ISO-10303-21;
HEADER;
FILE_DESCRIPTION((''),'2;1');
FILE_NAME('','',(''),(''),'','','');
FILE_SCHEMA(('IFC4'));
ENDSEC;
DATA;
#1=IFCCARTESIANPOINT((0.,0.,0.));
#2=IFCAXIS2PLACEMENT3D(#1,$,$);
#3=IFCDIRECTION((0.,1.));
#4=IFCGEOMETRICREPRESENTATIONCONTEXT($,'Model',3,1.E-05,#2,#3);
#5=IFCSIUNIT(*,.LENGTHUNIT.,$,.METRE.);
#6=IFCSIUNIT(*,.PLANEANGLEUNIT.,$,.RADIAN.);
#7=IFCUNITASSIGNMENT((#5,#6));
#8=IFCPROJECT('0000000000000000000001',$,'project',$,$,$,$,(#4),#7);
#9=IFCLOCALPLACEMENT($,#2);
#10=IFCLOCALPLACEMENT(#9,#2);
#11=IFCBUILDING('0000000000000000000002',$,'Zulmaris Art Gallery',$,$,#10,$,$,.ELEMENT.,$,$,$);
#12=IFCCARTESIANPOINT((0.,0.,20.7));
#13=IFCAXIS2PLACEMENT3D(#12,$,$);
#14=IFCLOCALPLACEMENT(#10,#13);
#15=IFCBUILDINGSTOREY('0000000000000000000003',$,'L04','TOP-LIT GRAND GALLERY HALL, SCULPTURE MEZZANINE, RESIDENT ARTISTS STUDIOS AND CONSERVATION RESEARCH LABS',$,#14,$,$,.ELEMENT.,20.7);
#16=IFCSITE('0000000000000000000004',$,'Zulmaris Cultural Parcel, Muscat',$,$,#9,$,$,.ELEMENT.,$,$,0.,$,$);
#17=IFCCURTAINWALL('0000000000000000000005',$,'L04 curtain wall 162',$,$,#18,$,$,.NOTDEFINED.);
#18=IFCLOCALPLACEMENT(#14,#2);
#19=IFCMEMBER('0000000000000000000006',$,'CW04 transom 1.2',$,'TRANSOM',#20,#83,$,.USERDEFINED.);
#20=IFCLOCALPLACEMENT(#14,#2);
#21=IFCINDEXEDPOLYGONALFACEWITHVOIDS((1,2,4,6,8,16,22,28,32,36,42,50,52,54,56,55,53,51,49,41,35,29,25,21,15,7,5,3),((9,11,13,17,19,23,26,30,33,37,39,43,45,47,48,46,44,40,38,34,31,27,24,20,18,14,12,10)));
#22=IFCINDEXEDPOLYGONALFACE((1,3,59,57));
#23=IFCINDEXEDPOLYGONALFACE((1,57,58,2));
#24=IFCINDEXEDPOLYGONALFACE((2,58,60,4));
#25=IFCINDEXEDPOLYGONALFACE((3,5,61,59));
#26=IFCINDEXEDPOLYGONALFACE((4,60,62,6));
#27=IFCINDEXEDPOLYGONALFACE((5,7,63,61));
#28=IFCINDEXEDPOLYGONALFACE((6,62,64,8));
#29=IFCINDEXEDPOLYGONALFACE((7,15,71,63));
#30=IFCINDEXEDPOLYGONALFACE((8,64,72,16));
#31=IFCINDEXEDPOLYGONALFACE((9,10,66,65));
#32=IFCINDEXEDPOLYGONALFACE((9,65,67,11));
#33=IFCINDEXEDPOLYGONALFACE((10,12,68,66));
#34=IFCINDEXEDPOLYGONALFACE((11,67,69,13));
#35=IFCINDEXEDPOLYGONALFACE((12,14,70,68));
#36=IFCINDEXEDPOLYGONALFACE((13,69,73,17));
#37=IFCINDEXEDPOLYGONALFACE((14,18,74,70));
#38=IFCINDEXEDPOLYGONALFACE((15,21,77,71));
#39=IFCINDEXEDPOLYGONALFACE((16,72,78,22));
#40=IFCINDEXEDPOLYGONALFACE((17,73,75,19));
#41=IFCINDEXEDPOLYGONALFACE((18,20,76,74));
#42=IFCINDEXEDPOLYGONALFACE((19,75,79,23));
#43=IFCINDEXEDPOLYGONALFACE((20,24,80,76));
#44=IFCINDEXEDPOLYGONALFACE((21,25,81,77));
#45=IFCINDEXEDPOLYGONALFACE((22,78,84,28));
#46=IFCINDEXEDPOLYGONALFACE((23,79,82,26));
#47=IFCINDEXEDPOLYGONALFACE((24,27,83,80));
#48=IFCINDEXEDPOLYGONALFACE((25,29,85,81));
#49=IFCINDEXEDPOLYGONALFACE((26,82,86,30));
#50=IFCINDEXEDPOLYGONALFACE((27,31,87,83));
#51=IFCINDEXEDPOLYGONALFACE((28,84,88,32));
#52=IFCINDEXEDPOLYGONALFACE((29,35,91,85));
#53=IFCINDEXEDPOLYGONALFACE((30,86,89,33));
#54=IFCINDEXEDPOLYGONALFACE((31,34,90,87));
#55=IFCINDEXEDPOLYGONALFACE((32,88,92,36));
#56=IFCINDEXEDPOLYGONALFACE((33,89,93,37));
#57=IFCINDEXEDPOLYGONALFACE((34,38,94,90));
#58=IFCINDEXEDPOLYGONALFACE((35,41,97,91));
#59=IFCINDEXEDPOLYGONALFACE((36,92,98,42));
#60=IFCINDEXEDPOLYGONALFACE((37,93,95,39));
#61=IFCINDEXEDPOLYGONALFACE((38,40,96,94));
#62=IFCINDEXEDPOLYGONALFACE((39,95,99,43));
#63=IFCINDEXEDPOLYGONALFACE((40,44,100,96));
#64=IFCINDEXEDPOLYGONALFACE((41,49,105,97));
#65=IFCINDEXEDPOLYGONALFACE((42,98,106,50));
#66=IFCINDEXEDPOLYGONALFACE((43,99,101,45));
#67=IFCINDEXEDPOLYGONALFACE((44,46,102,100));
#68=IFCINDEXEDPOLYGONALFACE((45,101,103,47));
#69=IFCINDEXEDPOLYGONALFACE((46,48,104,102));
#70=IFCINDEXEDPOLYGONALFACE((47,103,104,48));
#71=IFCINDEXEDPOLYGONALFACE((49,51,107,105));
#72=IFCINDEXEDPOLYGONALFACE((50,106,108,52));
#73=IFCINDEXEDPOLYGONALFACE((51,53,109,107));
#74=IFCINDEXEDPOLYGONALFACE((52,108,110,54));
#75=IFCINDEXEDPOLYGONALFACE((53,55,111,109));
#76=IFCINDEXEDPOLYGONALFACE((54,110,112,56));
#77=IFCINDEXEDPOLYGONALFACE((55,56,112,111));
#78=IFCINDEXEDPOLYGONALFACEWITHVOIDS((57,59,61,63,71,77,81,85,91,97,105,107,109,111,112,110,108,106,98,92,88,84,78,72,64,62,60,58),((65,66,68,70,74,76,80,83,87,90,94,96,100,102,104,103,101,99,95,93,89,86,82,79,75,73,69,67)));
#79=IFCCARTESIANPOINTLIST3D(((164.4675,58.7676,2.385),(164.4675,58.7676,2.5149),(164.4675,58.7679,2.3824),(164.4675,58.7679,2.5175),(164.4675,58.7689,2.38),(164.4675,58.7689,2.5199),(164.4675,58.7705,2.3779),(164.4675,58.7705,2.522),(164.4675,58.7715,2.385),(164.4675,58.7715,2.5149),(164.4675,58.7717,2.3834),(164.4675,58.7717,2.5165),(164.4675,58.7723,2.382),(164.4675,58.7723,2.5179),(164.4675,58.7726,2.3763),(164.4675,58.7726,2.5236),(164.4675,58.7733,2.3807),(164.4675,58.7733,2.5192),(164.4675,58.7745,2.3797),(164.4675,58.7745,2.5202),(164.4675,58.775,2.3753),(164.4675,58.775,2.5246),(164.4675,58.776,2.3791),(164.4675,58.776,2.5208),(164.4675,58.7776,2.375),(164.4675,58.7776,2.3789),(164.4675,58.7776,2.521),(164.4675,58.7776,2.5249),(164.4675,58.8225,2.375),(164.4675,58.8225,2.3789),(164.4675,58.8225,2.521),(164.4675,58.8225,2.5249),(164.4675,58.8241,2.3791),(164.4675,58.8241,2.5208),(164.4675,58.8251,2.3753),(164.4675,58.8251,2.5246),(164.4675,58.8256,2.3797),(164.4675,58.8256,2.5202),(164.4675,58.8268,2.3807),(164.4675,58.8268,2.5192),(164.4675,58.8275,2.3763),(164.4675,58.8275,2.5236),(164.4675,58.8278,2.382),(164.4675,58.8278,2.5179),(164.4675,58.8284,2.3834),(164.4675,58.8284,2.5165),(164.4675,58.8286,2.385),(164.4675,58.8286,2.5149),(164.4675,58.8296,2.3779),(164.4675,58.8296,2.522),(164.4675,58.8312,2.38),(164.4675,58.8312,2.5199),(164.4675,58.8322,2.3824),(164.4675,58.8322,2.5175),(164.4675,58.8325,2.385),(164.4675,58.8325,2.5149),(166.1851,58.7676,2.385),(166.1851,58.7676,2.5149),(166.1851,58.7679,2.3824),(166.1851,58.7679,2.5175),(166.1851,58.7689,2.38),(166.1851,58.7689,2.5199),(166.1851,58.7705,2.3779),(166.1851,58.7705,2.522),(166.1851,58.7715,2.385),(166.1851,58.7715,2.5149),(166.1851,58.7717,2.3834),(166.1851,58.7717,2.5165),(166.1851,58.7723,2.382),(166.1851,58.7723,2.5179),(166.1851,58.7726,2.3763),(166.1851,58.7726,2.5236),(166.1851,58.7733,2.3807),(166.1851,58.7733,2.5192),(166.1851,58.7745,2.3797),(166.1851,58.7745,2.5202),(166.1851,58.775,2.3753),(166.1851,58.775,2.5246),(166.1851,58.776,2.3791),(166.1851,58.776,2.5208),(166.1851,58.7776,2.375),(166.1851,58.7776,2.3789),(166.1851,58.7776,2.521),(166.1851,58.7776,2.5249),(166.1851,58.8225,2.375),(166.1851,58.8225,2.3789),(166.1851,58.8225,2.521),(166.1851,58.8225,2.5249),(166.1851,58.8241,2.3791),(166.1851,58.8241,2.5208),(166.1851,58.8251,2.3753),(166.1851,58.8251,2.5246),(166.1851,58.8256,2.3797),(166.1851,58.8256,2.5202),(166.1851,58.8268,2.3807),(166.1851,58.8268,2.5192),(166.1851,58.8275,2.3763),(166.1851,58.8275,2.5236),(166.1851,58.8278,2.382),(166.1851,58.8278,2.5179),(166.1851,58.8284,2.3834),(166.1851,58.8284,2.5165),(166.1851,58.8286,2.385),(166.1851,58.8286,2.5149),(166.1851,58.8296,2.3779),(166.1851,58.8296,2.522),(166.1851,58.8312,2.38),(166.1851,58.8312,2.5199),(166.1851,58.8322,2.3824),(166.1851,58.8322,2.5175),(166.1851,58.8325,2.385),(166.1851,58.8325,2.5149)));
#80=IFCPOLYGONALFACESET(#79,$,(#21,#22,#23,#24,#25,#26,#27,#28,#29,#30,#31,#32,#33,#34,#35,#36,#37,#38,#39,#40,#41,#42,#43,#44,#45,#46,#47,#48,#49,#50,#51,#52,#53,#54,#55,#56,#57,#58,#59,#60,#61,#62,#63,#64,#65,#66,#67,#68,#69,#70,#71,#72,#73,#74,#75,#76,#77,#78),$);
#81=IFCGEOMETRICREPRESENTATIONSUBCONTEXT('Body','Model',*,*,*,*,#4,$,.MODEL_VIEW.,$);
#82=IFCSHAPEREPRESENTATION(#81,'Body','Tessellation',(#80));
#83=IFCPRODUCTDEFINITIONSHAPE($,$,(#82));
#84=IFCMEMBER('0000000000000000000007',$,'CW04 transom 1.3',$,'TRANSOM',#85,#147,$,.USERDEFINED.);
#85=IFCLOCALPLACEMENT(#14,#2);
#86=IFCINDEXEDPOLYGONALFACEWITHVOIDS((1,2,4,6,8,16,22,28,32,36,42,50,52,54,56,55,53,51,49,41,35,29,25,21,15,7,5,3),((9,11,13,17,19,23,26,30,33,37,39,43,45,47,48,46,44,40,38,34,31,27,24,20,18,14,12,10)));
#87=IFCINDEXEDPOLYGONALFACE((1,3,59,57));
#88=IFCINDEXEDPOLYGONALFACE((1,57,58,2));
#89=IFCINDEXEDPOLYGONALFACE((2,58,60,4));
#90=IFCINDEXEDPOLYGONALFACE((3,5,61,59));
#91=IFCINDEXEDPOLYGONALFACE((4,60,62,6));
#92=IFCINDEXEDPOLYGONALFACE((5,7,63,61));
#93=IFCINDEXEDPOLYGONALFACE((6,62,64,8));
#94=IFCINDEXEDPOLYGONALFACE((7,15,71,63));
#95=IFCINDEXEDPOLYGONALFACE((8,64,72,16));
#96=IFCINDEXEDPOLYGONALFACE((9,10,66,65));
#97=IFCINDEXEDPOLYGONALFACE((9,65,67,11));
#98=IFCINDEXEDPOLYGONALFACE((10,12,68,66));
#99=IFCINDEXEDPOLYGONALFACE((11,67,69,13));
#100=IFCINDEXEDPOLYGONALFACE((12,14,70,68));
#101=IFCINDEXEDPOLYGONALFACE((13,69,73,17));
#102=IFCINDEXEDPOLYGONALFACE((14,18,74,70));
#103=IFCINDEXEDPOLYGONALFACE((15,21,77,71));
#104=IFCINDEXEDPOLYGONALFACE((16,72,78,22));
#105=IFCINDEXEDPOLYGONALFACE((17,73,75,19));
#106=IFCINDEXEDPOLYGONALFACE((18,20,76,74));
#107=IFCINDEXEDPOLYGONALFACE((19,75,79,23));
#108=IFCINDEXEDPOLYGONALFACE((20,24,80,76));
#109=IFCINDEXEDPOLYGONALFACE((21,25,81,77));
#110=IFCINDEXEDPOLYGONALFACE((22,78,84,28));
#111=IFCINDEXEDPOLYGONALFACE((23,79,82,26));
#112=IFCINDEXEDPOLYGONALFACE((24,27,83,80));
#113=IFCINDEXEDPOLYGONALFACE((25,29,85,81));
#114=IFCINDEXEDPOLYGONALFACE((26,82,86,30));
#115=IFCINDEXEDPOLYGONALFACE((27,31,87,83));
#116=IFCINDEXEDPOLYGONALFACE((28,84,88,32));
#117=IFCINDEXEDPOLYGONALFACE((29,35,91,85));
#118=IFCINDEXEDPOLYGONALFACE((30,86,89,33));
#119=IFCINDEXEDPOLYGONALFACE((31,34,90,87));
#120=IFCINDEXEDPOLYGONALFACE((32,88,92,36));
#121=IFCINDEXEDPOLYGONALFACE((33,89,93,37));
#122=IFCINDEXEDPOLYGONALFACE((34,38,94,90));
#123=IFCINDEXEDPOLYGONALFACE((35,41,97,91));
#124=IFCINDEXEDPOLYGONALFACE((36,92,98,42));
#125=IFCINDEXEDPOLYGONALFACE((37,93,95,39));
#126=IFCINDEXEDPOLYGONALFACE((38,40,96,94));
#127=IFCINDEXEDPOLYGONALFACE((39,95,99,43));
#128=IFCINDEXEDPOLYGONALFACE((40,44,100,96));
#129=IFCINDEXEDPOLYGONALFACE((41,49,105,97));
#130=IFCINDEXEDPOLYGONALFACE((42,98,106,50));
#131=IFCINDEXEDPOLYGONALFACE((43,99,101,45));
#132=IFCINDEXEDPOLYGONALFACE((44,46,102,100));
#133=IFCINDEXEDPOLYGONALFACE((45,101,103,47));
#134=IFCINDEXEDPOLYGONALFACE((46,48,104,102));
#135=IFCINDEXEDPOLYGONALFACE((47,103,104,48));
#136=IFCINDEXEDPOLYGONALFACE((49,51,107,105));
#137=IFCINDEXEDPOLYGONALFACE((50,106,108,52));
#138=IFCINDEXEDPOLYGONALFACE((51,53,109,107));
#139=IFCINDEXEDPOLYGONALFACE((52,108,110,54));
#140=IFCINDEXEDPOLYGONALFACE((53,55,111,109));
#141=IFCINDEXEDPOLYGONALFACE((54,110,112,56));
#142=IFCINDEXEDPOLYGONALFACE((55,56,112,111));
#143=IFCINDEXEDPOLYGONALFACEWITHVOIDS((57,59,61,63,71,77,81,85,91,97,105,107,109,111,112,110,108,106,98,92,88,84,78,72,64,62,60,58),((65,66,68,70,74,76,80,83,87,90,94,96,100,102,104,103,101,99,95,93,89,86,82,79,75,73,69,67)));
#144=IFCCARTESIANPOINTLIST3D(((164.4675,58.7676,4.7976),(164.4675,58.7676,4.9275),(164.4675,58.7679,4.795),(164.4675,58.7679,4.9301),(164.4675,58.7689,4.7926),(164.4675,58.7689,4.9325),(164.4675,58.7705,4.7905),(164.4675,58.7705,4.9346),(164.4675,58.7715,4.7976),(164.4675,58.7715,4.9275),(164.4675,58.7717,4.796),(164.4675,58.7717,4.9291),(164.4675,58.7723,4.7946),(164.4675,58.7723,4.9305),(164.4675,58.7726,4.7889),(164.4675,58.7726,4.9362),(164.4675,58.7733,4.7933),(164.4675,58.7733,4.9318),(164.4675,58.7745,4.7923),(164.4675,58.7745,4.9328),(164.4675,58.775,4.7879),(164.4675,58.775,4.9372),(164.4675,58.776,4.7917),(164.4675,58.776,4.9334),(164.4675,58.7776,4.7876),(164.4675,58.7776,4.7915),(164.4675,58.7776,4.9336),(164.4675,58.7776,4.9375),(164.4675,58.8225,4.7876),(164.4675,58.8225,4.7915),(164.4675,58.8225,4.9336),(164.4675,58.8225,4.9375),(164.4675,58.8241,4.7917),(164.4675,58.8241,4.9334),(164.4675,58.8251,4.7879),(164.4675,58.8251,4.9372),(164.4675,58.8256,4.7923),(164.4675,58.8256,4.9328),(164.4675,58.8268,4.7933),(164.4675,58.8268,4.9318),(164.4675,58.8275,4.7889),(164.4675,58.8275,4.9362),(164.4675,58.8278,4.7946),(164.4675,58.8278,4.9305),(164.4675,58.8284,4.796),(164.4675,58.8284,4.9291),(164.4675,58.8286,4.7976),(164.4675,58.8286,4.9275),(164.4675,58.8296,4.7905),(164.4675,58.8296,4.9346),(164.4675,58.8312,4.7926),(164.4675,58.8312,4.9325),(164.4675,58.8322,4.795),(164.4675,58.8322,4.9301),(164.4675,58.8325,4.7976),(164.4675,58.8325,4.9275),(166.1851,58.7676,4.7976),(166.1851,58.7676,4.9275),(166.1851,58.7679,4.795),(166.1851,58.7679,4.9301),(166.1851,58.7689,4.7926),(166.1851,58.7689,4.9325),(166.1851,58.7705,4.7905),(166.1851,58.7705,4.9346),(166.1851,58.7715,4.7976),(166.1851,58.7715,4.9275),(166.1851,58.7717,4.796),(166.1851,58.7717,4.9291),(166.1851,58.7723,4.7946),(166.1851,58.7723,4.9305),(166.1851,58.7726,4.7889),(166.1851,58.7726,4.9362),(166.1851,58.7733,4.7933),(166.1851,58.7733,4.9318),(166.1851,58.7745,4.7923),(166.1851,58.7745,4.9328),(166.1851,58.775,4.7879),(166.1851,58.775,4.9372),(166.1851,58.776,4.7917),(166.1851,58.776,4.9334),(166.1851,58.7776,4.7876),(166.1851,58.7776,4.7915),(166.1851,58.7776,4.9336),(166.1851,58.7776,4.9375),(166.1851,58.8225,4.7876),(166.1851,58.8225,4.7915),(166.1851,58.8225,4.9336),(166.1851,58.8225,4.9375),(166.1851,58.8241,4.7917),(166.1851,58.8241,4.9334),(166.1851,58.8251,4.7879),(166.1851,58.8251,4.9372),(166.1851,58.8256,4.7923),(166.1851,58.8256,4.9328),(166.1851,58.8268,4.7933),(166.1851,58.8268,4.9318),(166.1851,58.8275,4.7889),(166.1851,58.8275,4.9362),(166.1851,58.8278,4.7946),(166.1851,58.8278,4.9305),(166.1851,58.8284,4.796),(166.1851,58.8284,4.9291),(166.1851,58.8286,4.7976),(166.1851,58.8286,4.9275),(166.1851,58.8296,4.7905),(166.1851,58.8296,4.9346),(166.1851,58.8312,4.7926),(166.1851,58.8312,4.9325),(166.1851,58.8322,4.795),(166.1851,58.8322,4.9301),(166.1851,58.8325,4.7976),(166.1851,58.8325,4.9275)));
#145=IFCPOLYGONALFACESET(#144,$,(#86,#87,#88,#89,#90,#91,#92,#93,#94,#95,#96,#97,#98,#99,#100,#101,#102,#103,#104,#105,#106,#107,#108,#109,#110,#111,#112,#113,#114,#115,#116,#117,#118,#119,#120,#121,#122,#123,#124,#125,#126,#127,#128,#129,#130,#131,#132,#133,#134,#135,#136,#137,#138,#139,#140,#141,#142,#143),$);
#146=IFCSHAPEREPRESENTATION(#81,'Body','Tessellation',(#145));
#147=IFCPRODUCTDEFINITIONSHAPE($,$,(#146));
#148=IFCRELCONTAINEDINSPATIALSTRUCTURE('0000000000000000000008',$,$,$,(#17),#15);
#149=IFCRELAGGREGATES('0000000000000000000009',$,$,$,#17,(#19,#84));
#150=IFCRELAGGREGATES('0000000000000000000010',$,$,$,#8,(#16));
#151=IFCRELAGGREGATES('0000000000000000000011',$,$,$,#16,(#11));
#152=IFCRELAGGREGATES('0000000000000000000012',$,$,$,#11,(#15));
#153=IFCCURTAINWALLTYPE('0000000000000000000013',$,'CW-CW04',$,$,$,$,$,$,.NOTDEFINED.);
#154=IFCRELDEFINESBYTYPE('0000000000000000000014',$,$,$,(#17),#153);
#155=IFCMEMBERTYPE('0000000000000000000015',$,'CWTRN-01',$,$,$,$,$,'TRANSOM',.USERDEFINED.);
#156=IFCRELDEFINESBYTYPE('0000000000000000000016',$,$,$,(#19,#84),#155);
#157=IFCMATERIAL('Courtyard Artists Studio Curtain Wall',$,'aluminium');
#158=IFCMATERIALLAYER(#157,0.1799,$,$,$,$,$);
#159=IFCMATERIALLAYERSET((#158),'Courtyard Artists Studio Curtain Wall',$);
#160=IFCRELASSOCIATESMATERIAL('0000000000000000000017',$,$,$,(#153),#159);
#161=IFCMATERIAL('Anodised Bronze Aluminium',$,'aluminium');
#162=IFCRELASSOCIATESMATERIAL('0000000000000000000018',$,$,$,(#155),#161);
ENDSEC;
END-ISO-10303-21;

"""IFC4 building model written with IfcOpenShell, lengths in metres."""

from ifc_helpers import new_model, si_unit, direction, frame, origin, origin_2d, place, context, subcontext, project, spatial, hollow_rectangle, extrude, material, layer, layer_set, material_profile, profile_set, type_object, element, aggregate, save


model = new_model("IFC4")

# Units and contexts
model_context = context("Model", 3, precision=1e-05, world=origin(), true_north=direction((0.0, 1.0)))
body_context = subcontext(model_context, "Body", "Model", "MODEL_VIEW")
ifc_project = project(units=[si_unit("LENGTHUNIT", "METRE"), si_unit("PLANEANGLEUNIT", "RADIAN")], contexts=[model_context])

# Site, building, storey
site_placement = place(None, origin())
site = spatial("IfcSite", under=ifc_project, at=site_placement, Name="Zulmaris Cultural Parcel, Muscat", CompositionType="ELEMENT", RefElevation=0.0)
building_placement = place(site_placement, origin())
building = spatial("IfcBuilding", under=site, at=building_placement, Name="Zulmaris Art Gallery", CompositionType="ELEMENT")
storey_placement = place(building_placement, frame((0.0, 0.0, 20.7)))
storey = spatial("IfcBuildingStorey", under=building, at=storey_placement, Name="L04", Description="TOP-LIT GRAND GALLERY HALL, SCULPTURE MEZZANINE, RESIDENT ARTISTS STUDIOS AND CONSERVATION RESEARCH LABS", CompositionType="ELEMENT", Elevation=20.7)

# Curtain wall
ifc_material_1 = material(Name="Courtyard Artists Studio Curtain Wall", Category="aluminium")
ifc_layer_1 = layer(ifc_material_1, 0.1799)
ifc_layer_set_1 = layer_set([ifc_layer_1], Name="Courtyard Artists Studio Curtain Wall")
curtain_wall_type = type_object("IfcCurtainWallType", Name="CW-CW04", PredefinedType="NOTDEFINED", material=ifc_layer_set_1)
curtain_wall_1_placement = place(storey_placement, origin())
curtain_wall_1 = element("IfcCurtainWall", 1, at=curtain_wall_1_placement, inside=storey, type_object=curtain_wall_type, Name="L04 curtain wall 162", PredefinedType="NOTDEFINED")
ifc_material_2 = material(Name="Anodised Bronze Aluminium", Category="aluminium")

# Members
ifc_material_profile_1 = material_profile(ifc_material_2, hollow_rectangle(XDim=0.0649, YDim=0.1499, WallThickness=0.0039, InnerFilletRadius=0.0061, OuterFilletRadius=0.01, at=origin_2d()), Name="ALU 65x150x4")
ifc_profile_set_1 = profile_set([ifc_material_profile_1], Name="Anodised Bronze Aluminium")
member_type_1 = type_object("IfcMemberType", Name="CWTRN-01", ElementType="TRANSOM", PredefinedType="USERDEFINED", material=ifc_profile_set_1)
member_1_placement = place(storey_placement, frame((166.1851, 58.8, 2.45), z_axis=(-1.0, 0.0, 0.0), x_axis=(0.0, -1.0, 0.0)))
member_1 = element("IfcMember", 2, at=member_1_placement, type_object=member_type_1, Name="CW04 transom 1.2", ObjectType="TRANSOM", PredefinedType="USERDEFINED", context=body_context, shape_type="SweptSolid", body=[
    extrude(hollow_rectangle(XDim=0.0649, YDim=0.1499, WallThickness=0.0039, InnerFilletRadius=0.0061, OuterFilletRadius=0.01, at=origin_2d()), origin(), (0.0, 0.0, 1.0), 1.7175),
])
member_2_placement = place(storey_placement, frame((166.1851, 58.8, 4.8625), z_axis=(-1.0, 0.0, 0.0), x_axis=(0.0, -1.0, 0.0)))
member_2 = element("IfcMember", 3, at=member_2_placement, type_object=member_type_1, Name="CW04 transom 1.3", ObjectType="TRANSOM", PredefinedType="USERDEFINED", context=body_context, shape_type="SweptSolid", body=[
    extrude(hollow_rectangle(XDim=0.0649, YDim=0.1499, WallThickness=0.0039, InnerFilletRadius=0.0061, OuterFilletRadius=0.01, at=origin_2d()), origin(), (0.0, 0.0, 1.0), 1.7175),
])

aggregate(curtain_wall_1, [member_1, member_2])

save(model, "model.ifc")
